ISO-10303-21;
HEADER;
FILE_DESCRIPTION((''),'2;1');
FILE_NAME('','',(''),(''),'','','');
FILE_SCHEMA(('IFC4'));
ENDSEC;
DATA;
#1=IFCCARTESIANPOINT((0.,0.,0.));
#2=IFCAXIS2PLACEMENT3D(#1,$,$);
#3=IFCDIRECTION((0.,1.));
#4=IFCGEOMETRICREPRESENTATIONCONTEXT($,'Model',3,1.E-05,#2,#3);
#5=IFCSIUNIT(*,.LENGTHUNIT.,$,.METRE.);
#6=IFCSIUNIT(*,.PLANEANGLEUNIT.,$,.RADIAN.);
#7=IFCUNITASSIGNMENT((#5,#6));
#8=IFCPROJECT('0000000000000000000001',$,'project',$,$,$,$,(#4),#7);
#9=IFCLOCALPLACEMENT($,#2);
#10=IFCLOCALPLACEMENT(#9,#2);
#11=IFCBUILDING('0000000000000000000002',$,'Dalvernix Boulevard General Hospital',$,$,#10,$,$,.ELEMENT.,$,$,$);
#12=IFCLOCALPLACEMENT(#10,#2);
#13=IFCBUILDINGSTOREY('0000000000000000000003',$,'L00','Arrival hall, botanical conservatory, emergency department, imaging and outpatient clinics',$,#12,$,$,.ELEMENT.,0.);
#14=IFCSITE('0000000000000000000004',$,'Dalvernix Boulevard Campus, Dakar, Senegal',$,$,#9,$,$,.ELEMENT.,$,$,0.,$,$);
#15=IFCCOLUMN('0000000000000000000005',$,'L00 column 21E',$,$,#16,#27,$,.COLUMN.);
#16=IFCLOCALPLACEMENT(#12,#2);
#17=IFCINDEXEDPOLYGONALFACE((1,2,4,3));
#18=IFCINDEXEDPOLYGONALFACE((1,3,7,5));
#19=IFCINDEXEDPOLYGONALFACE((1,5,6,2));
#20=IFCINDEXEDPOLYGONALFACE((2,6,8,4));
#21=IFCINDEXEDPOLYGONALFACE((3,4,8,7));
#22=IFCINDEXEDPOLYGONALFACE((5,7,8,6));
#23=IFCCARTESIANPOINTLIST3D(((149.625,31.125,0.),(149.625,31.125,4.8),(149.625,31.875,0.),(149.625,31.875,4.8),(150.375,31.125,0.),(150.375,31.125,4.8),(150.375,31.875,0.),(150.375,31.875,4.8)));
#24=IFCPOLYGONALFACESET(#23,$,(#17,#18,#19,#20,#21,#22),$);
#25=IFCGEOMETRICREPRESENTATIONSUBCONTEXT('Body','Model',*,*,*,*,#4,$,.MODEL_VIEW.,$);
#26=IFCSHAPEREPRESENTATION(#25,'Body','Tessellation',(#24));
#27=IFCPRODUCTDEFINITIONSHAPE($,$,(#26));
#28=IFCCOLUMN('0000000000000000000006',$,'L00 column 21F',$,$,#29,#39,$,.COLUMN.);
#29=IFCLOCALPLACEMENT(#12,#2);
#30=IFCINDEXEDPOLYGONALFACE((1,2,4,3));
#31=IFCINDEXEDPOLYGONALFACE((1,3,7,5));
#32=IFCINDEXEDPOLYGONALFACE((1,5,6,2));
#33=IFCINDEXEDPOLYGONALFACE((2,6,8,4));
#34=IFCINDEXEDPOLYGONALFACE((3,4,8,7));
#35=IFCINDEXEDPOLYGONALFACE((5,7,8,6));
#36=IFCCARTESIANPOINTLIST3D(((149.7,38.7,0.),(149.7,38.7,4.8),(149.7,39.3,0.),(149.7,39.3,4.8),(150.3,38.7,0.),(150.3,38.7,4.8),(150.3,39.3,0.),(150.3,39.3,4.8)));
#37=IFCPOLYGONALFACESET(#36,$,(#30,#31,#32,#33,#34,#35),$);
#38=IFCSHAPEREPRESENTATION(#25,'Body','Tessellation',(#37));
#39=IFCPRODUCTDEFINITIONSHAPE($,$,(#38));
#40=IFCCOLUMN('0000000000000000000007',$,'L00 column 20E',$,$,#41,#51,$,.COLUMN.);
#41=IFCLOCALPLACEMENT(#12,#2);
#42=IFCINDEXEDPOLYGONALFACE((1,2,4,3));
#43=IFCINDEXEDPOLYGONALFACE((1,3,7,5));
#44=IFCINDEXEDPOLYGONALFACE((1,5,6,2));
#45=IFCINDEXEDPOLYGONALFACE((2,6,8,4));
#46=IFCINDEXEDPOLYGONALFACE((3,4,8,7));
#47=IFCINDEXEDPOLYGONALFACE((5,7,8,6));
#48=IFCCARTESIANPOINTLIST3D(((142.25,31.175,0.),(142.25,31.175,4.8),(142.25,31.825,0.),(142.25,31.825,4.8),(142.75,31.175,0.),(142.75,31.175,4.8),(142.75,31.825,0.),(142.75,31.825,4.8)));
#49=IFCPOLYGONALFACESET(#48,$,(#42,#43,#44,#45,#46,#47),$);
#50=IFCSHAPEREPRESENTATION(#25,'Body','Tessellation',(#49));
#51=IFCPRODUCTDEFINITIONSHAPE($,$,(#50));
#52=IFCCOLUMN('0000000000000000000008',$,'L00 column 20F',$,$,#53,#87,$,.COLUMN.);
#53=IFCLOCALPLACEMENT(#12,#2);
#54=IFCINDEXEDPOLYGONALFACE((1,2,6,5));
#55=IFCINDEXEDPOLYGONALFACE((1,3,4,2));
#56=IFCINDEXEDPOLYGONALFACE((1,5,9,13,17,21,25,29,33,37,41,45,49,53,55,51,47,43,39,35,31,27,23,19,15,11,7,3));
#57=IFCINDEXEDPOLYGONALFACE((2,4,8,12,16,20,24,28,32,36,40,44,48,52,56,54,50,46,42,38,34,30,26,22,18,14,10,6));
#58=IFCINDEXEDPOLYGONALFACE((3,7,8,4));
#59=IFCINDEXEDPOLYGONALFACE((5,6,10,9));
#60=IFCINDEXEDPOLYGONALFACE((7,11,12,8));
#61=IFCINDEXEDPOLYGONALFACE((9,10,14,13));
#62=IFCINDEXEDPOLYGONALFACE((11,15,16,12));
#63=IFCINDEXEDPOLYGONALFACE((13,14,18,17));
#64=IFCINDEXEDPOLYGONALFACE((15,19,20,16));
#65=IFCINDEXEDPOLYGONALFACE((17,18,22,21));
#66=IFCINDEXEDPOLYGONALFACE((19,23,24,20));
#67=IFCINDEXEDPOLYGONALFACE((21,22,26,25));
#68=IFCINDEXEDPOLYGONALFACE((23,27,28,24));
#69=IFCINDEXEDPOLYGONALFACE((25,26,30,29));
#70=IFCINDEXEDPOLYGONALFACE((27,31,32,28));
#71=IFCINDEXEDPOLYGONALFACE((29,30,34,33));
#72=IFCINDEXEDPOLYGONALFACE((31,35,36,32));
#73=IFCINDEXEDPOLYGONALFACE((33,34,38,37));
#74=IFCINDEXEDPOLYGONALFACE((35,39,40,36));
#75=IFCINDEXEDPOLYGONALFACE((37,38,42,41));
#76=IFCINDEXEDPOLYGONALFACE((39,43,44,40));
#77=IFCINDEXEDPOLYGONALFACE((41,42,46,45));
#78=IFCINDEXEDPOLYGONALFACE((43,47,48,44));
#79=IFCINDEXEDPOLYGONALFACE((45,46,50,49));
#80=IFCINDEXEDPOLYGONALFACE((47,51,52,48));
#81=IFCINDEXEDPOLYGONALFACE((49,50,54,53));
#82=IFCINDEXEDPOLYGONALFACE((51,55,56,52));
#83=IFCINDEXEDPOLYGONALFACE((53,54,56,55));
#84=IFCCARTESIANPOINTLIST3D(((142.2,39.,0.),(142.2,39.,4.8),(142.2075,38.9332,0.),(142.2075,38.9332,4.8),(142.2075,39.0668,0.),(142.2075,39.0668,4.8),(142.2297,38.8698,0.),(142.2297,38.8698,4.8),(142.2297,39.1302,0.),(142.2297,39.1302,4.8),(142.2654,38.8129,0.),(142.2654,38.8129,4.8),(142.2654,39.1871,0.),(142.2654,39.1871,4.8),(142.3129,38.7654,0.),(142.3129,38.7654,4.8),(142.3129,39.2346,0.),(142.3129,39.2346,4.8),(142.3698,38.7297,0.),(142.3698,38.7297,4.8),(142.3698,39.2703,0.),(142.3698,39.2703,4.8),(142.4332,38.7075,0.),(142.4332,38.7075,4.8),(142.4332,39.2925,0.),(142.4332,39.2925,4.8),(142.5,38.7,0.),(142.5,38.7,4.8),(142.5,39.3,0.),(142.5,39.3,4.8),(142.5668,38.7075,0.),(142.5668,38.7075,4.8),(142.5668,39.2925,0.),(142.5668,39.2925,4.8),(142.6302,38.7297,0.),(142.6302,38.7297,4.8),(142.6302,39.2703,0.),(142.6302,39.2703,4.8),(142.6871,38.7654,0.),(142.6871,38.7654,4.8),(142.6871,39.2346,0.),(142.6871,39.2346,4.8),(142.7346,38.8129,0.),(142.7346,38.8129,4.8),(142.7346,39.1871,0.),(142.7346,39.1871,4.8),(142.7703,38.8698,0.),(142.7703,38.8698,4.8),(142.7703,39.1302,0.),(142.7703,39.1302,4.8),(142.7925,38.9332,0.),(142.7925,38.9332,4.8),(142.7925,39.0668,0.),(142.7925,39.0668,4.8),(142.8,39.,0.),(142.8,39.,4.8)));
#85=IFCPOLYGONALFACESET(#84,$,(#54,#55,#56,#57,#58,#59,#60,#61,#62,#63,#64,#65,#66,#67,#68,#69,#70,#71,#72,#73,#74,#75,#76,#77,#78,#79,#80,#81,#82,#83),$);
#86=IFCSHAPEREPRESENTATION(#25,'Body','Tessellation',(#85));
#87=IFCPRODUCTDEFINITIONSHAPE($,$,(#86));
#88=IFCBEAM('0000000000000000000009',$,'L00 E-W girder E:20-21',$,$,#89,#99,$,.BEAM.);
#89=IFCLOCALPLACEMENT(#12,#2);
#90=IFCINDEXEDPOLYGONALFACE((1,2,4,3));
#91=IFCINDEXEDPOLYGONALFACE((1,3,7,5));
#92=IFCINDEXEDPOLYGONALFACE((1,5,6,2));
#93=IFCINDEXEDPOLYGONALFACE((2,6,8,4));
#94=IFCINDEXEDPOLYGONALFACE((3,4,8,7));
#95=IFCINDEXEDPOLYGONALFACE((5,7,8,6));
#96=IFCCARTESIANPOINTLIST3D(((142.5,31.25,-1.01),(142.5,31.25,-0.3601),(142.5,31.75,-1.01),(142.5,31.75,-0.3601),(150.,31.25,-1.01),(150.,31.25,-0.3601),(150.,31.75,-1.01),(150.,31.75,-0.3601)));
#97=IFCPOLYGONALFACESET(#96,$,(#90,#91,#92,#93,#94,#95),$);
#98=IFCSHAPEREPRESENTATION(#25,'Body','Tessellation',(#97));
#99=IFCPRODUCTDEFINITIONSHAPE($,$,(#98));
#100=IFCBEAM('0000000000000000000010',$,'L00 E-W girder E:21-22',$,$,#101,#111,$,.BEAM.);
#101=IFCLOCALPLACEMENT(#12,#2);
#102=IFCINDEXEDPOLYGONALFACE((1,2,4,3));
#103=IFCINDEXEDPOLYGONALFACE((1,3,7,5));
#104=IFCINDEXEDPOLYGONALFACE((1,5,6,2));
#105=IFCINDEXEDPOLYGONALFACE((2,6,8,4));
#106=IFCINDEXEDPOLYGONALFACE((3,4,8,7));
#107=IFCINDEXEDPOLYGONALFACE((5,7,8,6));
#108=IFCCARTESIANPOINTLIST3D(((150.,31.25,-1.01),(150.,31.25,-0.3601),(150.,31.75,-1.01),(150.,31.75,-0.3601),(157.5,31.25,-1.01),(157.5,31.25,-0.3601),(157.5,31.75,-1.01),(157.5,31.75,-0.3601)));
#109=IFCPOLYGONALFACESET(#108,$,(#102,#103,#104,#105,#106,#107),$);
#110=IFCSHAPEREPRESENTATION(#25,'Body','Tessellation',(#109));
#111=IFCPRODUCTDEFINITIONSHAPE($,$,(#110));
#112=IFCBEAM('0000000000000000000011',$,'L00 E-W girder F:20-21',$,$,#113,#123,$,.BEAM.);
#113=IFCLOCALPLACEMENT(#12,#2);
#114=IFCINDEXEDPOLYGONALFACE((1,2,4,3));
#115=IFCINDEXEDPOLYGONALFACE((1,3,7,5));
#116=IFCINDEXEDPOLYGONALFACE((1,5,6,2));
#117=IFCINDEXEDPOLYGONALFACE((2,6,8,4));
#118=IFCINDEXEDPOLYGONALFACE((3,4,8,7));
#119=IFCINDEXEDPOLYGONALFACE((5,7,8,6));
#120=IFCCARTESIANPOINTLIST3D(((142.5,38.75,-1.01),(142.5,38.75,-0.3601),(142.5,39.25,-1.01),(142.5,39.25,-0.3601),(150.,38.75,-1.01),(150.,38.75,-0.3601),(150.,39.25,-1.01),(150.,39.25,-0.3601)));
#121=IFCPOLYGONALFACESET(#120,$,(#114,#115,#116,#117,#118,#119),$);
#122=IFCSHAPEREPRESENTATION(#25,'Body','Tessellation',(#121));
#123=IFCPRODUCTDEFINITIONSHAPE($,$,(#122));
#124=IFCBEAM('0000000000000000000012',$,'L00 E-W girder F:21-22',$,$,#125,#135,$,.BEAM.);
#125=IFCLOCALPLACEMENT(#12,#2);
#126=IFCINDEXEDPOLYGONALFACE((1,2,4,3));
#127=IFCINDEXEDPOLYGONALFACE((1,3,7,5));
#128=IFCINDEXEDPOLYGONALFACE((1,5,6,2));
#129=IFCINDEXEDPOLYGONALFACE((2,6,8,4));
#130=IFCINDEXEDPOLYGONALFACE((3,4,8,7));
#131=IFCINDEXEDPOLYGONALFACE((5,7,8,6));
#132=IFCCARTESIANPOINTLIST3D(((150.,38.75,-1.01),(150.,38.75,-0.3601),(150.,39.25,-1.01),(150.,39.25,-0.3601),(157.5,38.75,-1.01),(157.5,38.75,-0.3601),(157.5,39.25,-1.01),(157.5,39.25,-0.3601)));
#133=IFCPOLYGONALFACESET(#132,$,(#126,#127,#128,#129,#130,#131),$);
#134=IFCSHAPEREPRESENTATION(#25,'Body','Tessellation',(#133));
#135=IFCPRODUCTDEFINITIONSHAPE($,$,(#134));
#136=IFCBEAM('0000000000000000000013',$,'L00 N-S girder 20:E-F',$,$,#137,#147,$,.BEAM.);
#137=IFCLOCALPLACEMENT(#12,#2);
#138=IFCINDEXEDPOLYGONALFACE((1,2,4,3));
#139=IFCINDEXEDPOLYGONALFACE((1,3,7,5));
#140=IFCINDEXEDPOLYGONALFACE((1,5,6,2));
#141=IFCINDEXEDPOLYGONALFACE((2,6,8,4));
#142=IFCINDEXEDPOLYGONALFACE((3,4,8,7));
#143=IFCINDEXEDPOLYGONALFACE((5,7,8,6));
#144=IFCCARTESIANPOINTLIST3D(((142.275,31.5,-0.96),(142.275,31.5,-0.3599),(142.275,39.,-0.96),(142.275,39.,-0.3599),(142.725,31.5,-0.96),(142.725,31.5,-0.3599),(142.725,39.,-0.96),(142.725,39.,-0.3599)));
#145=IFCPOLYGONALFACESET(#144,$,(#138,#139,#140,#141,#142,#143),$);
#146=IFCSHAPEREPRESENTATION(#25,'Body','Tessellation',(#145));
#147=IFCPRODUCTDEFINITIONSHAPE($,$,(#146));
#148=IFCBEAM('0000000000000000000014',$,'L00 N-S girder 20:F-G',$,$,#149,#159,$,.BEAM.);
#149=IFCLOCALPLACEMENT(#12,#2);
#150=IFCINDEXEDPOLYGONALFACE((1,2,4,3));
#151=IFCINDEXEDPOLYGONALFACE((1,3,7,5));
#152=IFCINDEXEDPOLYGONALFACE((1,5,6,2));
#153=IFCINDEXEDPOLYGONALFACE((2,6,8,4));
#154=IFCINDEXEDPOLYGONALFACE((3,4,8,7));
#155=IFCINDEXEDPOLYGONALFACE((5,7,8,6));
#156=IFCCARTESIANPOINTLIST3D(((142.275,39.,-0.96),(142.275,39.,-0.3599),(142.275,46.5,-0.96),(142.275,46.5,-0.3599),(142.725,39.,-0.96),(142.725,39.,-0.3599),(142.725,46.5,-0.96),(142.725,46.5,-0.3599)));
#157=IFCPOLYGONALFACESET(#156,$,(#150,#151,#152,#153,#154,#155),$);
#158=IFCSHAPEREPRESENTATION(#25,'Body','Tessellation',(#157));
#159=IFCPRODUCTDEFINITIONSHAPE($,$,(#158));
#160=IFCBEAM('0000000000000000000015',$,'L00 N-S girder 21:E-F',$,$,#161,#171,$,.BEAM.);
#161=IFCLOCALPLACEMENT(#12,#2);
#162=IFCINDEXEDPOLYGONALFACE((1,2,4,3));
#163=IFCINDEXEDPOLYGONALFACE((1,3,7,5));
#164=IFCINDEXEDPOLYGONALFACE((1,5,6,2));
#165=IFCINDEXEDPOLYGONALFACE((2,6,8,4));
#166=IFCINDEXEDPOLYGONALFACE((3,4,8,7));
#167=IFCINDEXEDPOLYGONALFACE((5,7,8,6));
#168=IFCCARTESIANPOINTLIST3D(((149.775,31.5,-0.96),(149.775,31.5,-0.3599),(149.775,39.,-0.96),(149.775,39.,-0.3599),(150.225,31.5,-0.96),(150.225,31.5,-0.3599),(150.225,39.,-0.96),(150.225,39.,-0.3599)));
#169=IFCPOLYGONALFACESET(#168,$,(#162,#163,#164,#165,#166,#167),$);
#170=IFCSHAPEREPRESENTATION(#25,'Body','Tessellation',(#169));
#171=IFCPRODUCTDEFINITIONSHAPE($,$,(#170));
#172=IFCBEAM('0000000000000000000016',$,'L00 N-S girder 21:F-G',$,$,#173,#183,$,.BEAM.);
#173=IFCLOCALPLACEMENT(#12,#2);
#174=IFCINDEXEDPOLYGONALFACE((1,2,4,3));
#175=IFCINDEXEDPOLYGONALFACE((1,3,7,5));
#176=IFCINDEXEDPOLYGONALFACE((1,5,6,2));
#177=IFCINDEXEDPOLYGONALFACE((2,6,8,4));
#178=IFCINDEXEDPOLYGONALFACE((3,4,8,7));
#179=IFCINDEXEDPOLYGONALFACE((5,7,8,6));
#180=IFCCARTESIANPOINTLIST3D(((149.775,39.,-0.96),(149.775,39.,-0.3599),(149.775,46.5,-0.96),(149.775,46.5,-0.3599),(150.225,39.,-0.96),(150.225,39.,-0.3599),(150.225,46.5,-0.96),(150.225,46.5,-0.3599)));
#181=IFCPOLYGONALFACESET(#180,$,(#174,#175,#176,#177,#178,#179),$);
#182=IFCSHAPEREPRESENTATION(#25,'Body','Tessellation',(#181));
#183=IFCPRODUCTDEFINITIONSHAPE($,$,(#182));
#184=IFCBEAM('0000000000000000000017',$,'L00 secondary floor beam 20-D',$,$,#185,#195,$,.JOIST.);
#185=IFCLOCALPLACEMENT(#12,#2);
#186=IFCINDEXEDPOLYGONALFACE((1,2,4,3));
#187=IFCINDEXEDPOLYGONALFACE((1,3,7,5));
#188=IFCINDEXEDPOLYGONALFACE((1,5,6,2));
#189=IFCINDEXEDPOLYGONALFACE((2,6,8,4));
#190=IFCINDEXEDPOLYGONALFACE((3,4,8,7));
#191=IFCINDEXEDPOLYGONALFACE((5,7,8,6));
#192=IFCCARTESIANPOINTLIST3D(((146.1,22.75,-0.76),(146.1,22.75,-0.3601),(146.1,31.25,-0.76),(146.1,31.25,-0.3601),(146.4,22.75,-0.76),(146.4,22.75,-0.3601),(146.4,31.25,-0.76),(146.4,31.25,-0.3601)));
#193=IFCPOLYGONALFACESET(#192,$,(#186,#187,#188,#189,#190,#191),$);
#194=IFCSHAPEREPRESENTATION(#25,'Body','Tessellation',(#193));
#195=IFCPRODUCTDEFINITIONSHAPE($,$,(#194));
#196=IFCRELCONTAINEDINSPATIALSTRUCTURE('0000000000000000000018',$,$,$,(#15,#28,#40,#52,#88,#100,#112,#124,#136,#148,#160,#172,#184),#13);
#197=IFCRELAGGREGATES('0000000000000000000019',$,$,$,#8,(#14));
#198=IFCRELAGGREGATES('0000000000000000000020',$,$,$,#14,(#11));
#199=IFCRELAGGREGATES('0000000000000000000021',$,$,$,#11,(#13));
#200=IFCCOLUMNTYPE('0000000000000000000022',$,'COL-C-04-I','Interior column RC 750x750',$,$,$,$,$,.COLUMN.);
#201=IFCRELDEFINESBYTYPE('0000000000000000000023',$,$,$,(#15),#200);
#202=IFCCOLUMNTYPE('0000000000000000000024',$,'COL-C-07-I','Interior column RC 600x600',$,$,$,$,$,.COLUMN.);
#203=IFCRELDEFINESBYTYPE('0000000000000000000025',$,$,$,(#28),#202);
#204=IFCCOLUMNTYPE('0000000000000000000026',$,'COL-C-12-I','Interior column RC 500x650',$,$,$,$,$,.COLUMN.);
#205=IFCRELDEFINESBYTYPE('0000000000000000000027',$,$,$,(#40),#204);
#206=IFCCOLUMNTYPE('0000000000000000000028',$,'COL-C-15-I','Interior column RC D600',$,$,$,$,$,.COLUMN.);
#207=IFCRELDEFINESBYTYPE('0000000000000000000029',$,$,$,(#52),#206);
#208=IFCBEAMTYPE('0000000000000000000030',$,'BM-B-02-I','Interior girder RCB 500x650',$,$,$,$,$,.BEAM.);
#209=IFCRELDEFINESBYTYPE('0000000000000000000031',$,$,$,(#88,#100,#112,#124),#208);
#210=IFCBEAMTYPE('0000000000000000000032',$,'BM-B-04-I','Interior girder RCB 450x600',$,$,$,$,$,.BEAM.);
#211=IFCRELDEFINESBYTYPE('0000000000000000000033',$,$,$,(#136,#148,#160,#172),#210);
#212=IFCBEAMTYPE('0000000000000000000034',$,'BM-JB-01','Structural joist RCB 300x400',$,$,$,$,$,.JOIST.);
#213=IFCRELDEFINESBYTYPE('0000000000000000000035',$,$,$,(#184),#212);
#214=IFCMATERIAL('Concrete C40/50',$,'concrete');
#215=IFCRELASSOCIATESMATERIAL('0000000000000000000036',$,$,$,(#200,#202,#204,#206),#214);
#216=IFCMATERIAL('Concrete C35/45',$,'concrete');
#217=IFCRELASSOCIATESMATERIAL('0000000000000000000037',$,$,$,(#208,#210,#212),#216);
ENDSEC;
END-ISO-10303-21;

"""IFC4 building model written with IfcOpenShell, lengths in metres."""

from ifc_helpers import new_model, si_unit, direction, frame, origin, origin_2d, place, context, subcontext, project, spatial, rectangle, circle, extrude, material, material_profile, profile_set, type_object, element, save


model = new_model("IFC4")

# Units and contexts
model_context = context("Model", 3, precision=1e-05, world=origin(), true_north=direction((0.0, 1.0)))
body_context = subcontext(model_context, "Body", "Model", "MODEL_VIEW")
ifc_project = project(units=[si_unit("LENGTHUNIT", "METRE"), si_unit("PLANEANGLEUNIT", "RADIAN")], contexts=[model_context])

# Site, building, storey
site_placement = place(None, origin())
site = spatial("IfcSite", under=ifc_project, at=site_placement, Name="Dalvernix Boulevard Campus, Dakar, Senegal", CompositionType="ELEMENT", RefElevation=0.0)
building_placement = place(site_placement, origin())
building = spatial("IfcBuilding", under=site, at=building_placement, Name="Dalvernix Boulevard General Hospital", CompositionType="ELEMENT")
storey_placement = place(building_placement, origin())
storey = spatial("IfcBuildingStorey", under=building, at=storey_placement, Name="L00", Description="Arrival hall, botanical conservatory, emergency department, imaging and outpatient clinics", CompositionType="ELEMENT", Elevation=0.0)

# Columns
ifc_material_1 = material(Name="Concrete C40/50", Category="concrete")
ifc_material_profile_1 = material_profile(ifc_material_1, rectangle(XDim=0.75, YDim=0.75, at=origin_2d()), Name="RC 750x750")
ifc_profile_set_1 = profile_set([ifc_material_profile_1], Name="Concrete C40/50")
column_type_1 = type_object("IfcColumnType", Name="COL-C-04-I", Description="Interior column RC 750x750", PredefinedType="COLUMN", material=ifc_profile_set_1)
column_1_placement = place(storey_placement, frame((150.0, 31.5, 0.0), z_axis=(0.0, 0.0, 1.0), x_axis=(1.0, 0.0, 0.0)))
element("IfcColumn", 1, at=column_1_placement, inside=storey, type_object=column_type_1, Name="L00 column 21E", PredefinedType="COLUMN", context=body_context, shape_type="SweptSolid", body=[
    extrude(rectangle(XDim=0.75, YDim=0.75, at=origin_2d()), origin(), (0.0, 0.0, 1.0), 4.8),
])
ifc_material_profile_2 = material_profile(ifc_material_1, rectangle(XDim=0.6001, YDim=0.6001, at=origin_2d()), Name="RC 600x600")
ifc_profile_set_2 = profile_set([ifc_material_profile_2], Name="Concrete C40/50")
column_type_2 = type_object("IfcColumnType", Name="COL-C-07-I", Description="Interior column RC 600x600", PredefinedType="COLUMN", material=ifc_profile_set_2)
column_2_placement = place(storey_placement, frame((150.0, 39.0, 0.0), z_axis=(0.0, 0.0, 1.0), x_axis=(1.0, 0.0, 0.0)))
element("IfcColumn", 2, at=column_2_placement, inside=storey, type_object=column_type_2, Name="L00 column 21F", PredefinedType="COLUMN", context=body_context, shape_type="SweptSolid", body=[
    extrude(rectangle(XDim=0.6001, YDim=0.6001, at=origin_2d()), origin(), (0.0, 0.0, 1.0), 4.8),
])
ifc_material_profile_3 = material_profile(ifc_material_1, rectangle(XDim=0.5, YDim=0.6499, at=origin_2d()), Name="RC 500x650")
ifc_profile_set_3 = profile_set([ifc_material_profile_3], Name="Concrete C40/50")
column_type_3 = type_object("IfcColumnType", Name="COL-C-12-I", Description="Interior column RC 500x650", PredefinedType="COLUMN", material=ifc_profile_set_3)
column_3_placement = place(storey_placement, frame((142.5, 31.5, 0.0), z_axis=(0.0, 0.0, 1.0), x_axis=(1.0, 0.0, 0.0)))
element("IfcColumn", 3, at=column_3_placement, inside=storey, type_object=column_type_3, Name="L00 column 20E", PredefinedType="COLUMN", context=body_context, shape_type="SweptSolid", body=[
    extrude(rectangle(XDim=0.5, YDim=0.6499, at=origin_2d()), origin(), (0.0, 0.0, 1.0), 4.8),
])
ifc_material_profile_4 = material_profile(ifc_material_1, circle(Radius=0.3, at=origin_2d()), Name="RC D600")
ifc_profile_set_4 = profile_set([ifc_material_profile_4], Name="Concrete C40/50")
column_type_4 = type_object("IfcColumnType", Name="COL-C-15-I", Description="Interior column RC D600", PredefinedType="COLUMN", material=ifc_profile_set_4)
column_4_placement = place(storey_placement, frame((142.5, 39.0, 0.0), z_axis=(0.0, 0.0, 1.0), x_axis=(1.0, 0.0, 0.0)))
element("IfcColumn", 4, at=column_4_placement, inside=storey, type_object=column_type_4, Name="L00 column 20F", PredefinedType="COLUMN", context=body_context, shape_type="SweptSolid", body=[
    extrude(circle(Radius=0.3, at=origin_2d()), origin(), (0.0, 0.0, 1.0), 4.8),
])

# Beams
ifc_material_2 = material(Name="Concrete C35/45", Category="concrete")
ifc_material_profile_5 = material_profile(ifc_material_2, rectangle(XDim=0.5, YDim=0.6499, at=origin_2d()), Name="RCB 500x650")
ifc_profile_set_5 = profile_set([ifc_material_profile_5], Name="Concrete C35/45")
beam_type_1 = type_object("IfcBeamType", Name="BM-B-02-I", Description="Interior girder RCB 500x650", PredefinedType="BEAM", material=ifc_profile_set_5)
for number, where, z_axis, x_axis, name in (
    (5, (142.5, 31.5, -0.6851), (1.0, 0.0, 0.0), (0.0, 1.0, 0.0), "L00 E-W girder E:20-21"),
    (6, (150.0, 31.5, -0.6851), (1.0, 0.0, 0.0), (0.0, 1.0, 0.0), "L00 E-W girder E:21-22"),
    (7, (142.5, 39.0, -0.6851), (1.0, 0.0, 0.0), (0.0, 1.0, 0.0), "L00 E-W girder F:20-21"),
    (8, (150.0, 39.0, -0.6851), (1.0, 0.0, 0.0), (0.0, 1.0, 0.0), "L00 E-W girder F:21-22"),
):
    element("IfcBeam", number, at=place(storey_placement, frame(where, z_axis=z_axis, x_axis=x_axis)), inside=storey, type_object=beam_type_1, Name=name, PredefinedType="BEAM", context=body_context, shape_type="SweptSolid", body=[
        extrude(rectangle(XDim=0.5, YDim=0.6499, at=origin_2d()), origin(), (0.0, 0.0, 1.0), 7.5),
    ])
ifc_material_profile_6 = material_profile(ifc_material_2, rectangle(XDim=0.45, YDim=0.6001, at=origin_2d()), Name="RCB 450x600")
ifc_profile_set_6 = profile_set([ifc_material_profile_6], Name="Concrete C35/45")
beam_type_2 = type_object("IfcBeamType", Name="BM-B-04-I", Description="Interior girder RCB 450x600", PredefinedType="BEAM", material=ifc_profile_set_6)
for number, where, z_axis, x_axis, name in (
    (9, (142.5, 31.5, -0.6599), (0.0, 1.0, 0.0), (-1.0, 0.0, 0.0), "L00 N-S girder 20:E-F"),
    (10, (142.5, 39.0, -0.6599), (0.0, 1.0, 0.0), (-1.0, 0.0, 0.0), "L00 N-S girder 20:F-G"),
    (11, (150.0, 31.5, -0.6599), (0.0, 1.0, 0.0), (-1.0, 0.0, 0.0), "L00 N-S girder 21:E-F"),
    (12, (150.0, 39.0, -0.6599), (0.0, 1.0, 0.0), (-1.0, 0.0, 0.0), "L00 N-S girder 21:F-G"),
):
    element("IfcBeam", number, at=place(storey_placement, frame(where, z_axis=z_axis, x_axis=x_axis)), inside=storey, type_object=beam_type_2, Name=name, PredefinedType="BEAM", context=body_context, shape_type="SweptSolid", body=[
        extrude(rectangle(XDim=0.45, YDim=0.6001, at=origin_2d()), origin(), (0.0, 0.0, 1.0), 7.5),
    ])
ifc_material_profile_7 = material_profile(ifc_material_2, rectangle(XDim=0.3, YDim=0.3999, at=origin_2d()), Name="RCB 300x400")
ifc_profile_set_7 = profile_set([ifc_material_profile_7], Name="Concrete C35/45")
beam_type_3 = type_object("IfcBeamType", Name="BM-JB-01", Description="Structural joist RCB 300x400", PredefinedType="JOIST", material=ifc_profile_set_7)
for number, where, z_axis, x_axis, name in (
    (13, (146.25, 22.75, -0.5601), (0.0, 1.0, 0.0), (-1.0, 0.0, 0.0), "L00 secondary floor beam 20-D"),
):
    element("IfcBeam", number, at=place(storey_placement, frame(where, z_axis=z_axis, x_axis=x_axis)), inside=storey, type_object=beam_type_3, Name=name, PredefinedType="JOIST", context=body_context, shape_type="SweptSolid", body=[
        extrude(rectangle(XDim=0.3, YDim=0.3999, at=origin_2d()), origin(), (0.0, 0.0, 1.0), 8.5),
    ])

save(model, "model.ifc")
